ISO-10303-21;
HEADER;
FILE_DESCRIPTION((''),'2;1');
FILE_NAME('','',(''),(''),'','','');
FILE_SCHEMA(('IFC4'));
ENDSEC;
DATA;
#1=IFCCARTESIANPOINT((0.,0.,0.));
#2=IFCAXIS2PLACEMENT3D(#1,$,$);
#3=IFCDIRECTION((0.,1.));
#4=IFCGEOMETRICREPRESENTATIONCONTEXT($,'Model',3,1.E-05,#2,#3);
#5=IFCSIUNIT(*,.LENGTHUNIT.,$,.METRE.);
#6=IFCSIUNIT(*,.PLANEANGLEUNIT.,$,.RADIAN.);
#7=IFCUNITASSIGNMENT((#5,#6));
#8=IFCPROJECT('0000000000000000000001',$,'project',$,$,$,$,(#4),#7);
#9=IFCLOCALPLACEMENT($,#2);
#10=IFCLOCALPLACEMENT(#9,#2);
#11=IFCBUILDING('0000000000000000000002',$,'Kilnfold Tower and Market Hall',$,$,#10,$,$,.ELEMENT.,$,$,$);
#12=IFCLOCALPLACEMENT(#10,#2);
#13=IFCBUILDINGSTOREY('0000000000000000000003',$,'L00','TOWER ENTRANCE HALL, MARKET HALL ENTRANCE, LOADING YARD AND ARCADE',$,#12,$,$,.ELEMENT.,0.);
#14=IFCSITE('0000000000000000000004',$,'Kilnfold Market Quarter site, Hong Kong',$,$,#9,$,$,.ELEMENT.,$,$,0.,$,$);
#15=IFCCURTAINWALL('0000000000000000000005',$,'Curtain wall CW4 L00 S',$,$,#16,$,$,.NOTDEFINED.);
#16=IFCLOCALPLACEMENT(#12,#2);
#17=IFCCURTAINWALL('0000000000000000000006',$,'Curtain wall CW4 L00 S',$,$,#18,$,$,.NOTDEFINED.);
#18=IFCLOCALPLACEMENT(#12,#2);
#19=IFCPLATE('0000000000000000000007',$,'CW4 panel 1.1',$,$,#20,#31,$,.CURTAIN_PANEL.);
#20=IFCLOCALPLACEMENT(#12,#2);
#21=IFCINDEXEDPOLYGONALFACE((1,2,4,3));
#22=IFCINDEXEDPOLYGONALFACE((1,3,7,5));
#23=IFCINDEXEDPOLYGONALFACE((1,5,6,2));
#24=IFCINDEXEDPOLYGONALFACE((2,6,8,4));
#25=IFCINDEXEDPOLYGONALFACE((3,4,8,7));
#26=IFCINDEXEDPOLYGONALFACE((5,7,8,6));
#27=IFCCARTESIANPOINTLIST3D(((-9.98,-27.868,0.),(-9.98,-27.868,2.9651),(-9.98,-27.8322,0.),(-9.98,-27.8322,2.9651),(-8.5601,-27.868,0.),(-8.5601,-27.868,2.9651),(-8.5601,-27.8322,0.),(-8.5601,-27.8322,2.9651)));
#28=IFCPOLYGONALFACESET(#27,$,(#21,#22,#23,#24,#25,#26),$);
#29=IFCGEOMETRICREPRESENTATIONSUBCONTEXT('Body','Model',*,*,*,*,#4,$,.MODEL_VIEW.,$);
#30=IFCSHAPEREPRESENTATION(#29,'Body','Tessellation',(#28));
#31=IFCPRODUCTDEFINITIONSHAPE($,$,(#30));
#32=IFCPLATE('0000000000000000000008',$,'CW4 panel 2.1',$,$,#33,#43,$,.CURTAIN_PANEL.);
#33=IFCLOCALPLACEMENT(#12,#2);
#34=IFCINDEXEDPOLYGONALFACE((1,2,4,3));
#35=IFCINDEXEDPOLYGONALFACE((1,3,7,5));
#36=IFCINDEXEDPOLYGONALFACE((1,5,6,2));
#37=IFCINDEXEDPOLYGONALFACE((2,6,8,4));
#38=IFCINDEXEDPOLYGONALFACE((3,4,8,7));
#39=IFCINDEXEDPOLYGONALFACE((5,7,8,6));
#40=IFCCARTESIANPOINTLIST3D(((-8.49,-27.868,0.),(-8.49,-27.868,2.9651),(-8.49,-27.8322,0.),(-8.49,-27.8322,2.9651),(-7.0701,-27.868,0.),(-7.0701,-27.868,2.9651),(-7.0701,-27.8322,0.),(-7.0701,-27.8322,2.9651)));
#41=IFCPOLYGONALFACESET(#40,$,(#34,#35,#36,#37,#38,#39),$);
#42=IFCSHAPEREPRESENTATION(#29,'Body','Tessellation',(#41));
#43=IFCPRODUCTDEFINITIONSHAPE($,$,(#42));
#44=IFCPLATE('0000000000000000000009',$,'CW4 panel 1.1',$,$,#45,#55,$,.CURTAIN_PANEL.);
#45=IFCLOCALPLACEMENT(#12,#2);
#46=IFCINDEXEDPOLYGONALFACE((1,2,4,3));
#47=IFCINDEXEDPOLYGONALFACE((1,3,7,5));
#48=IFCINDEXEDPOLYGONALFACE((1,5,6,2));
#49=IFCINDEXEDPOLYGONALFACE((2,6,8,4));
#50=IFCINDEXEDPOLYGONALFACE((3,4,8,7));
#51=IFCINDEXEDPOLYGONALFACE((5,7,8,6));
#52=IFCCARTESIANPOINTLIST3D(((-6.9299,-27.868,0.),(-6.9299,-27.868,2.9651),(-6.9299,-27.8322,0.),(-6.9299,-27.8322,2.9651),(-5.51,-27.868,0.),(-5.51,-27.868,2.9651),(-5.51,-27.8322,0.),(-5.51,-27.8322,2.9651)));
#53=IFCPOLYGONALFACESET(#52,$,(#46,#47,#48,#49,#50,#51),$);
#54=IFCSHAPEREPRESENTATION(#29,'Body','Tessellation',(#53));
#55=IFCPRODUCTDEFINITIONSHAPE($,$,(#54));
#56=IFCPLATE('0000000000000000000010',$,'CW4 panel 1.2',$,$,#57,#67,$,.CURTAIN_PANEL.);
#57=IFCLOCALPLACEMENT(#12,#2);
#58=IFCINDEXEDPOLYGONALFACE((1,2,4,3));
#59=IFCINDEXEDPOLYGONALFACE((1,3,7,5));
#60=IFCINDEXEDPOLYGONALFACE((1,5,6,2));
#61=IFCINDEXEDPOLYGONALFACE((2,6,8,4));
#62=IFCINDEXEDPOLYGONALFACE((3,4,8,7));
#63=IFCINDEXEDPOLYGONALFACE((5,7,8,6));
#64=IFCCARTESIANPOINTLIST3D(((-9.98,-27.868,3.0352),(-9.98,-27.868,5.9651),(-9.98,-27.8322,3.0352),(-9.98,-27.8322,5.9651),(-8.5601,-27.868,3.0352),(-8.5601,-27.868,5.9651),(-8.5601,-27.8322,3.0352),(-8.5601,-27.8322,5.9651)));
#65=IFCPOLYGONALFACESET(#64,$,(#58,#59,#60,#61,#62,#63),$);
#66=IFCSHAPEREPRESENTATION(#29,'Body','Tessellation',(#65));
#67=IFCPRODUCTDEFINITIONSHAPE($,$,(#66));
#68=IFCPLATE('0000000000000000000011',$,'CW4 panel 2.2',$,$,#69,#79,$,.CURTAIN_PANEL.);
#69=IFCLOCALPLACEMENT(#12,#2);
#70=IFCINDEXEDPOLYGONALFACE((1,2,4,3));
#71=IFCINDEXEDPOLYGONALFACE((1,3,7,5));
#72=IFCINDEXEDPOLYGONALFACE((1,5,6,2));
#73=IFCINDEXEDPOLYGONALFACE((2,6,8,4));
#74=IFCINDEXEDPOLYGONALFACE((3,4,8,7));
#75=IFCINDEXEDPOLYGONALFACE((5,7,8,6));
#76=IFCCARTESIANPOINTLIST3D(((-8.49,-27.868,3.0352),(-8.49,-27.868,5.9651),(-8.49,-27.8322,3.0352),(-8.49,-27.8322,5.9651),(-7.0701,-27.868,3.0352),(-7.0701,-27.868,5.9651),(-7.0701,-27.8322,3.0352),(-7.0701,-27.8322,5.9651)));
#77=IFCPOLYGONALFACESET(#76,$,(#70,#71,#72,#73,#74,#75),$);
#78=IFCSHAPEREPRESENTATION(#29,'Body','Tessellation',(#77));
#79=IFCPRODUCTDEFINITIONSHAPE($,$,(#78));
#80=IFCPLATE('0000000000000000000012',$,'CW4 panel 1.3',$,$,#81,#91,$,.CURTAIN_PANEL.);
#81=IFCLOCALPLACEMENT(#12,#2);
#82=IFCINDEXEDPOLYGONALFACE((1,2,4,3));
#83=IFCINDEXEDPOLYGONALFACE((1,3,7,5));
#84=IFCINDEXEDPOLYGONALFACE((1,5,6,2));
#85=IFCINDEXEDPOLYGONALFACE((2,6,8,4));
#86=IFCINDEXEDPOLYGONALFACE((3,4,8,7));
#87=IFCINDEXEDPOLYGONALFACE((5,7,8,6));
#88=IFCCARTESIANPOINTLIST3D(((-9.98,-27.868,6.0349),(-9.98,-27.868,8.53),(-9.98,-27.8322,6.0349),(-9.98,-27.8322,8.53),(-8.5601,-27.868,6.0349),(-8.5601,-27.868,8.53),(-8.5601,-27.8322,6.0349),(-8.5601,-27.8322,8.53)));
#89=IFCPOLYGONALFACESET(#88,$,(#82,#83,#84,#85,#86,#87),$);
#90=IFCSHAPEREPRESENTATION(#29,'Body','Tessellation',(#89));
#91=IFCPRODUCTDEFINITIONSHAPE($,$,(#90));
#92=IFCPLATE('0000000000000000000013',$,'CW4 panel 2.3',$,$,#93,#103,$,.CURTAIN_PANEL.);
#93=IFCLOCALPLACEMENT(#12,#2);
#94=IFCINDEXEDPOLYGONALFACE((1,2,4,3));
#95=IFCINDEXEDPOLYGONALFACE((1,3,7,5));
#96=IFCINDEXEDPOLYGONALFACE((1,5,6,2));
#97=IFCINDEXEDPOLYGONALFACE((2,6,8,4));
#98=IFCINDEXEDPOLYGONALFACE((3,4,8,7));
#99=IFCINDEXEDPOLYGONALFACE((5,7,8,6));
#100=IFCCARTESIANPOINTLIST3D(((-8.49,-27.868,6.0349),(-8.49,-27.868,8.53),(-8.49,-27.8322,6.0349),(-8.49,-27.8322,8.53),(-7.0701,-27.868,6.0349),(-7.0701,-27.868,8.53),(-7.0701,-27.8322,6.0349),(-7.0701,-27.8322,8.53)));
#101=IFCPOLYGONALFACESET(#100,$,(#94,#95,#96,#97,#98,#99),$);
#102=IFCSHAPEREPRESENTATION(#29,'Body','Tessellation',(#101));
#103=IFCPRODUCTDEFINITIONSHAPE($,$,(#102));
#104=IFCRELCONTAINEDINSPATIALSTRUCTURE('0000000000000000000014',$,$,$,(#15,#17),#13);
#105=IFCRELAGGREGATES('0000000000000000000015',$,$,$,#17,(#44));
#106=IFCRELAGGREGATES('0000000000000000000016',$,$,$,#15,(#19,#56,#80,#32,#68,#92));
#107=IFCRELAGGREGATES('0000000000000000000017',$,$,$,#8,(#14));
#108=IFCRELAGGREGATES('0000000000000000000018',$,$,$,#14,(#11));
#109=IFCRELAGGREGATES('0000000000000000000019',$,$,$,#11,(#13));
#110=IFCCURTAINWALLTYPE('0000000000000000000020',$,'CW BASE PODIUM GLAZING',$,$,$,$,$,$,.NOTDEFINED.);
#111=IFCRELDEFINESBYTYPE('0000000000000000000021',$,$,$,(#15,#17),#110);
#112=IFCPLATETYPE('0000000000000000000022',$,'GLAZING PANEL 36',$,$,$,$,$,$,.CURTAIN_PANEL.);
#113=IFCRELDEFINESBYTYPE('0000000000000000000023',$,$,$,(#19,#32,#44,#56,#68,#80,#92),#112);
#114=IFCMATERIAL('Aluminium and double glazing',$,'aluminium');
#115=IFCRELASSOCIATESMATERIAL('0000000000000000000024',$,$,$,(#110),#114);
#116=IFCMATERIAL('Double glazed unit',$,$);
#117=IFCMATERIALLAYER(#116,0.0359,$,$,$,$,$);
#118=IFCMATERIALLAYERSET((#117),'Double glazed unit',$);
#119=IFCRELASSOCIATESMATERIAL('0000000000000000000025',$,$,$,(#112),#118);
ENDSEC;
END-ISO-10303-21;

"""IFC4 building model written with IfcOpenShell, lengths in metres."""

from ifc_helpers import new_model, si_unit, direction, frame, origin, origin_2d, place, context, subcontext, project, spatial, rectangle, extrude, source, transform, mapped, material, layer, layer_set, type_object, element, aggregate, save


model = new_model("IFC4")

# Units and contexts
model_context = context("Model", 3, precision=1e-05, world=origin(), true_north=direction((0.0, 1.0)))
body_context = subcontext(model_context, "Body", "Model", "MODEL_VIEW")
ifc_project = project(units=[si_unit("LENGTHUNIT", "METRE"), si_unit("PLANEANGLEUNIT", "RADIAN")], contexts=[model_context])

# Site, building, storey
site_placement = place(None, origin())
site = spatial("IfcSite", under=ifc_project, at=site_placement, Name="Kilnfold Market Quarter site, Hong Kong", CompositionType="ELEMENT", RefElevation=0.0)
building_placement = place(site_placement, origin())
building = spatial("IfcBuilding", under=site, at=building_placement, Name="Kilnfold Tower and Market Hall", CompositionType="ELEMENT")
storey_placement = place(building_placement, origin())
storey = spatial("IfcBuildingStorey", under=building, at=storey_placement, Name="L00", Description="TOWER ENTRANCE HALL, MARKET HALL ENTRANCE, LOADING YARD AND ARCADE", CompositionType="ELEMENT", Elevation=0.0)

# Shared definitions
ifc_material_1 = material(Name="Aluminium and double glazing", Category="aluminium")
curtain_wall_type = type_object("IfcCurtainWallType", Name="CW BASE PODIUM GLAZING", PredefinedType="NOTDEFINED", material=ifc_material_1)

# Curtain wall
curtain_wall_1_placement = place(storey_placement, origin())
curtain_wall_1 = element("IfcCurtainWall", 1, at=curtain_wall_1_placement, inside=storey, type_object=curtain_wall_type, Name="Curtain wall CW4 L00 S", PredefinedType="NOTDEFINED")

# Curtain wall
curtain_wall_2_placement = place(storey_placement, origin())
curtain_wall_2 = element("IfcCurtainWall", 2, at=curtain_wall_2_placement, inside=storey, type_object=curtain_wall_type, Name="Curtain wall CW4 L00 S", PredefinedType="NOTDEFINED")

# Plates
ifc_material_2 = material(Name="Double glazed unit")
ifc_layer = layer(ifc_material_2, 0.0359)
ifc_layer_set = layer_set([ifc_layer], Name="Double glazed unit")
plate_type = type_object("IfcPlateType", Name="GLAZING PANEL 36", PredefinedType="CURTAIN_PANEL", material=ifc_layer_set)
shared_shape_1 = source(origin(), body_context, "Body", "SweptSolid", [
    extrude(rectangle(XDim=1.4199, YDim=0.0359, at=origin_2d()), origin(), (0.0, 0.0, 1.0), 2.9651),
])
plate_1_placement = place(storey_placement, frame((-9.27, -27.8501, 0.0), z_axis=(0.0, 0.0, 1.0), x_axis=(1.0, 0.0, 0.0)))
plate_1 = element("IfcPlate", 3, at=plate_1_placement, type_object=plate_type, Name="CW4 panel 1.1", PredefinedType="CURTAIN_PANEL", context=body_context, shape_type="MappedRepresentation", body=[
    mapped(shared_shape_1, transform((0.0, 0.0, 0.0))),
])
plate_2_placement = place(storey_placement, frame((-7.78, -27.8501, 0.0), z_axis=(0.0, 0.0, 1.0), x_axis=(1.0, 0.0, 0.0)))
plate_2 = element("IfcPlate", 4, at=plate_2_placement, type_object=plate_type, Name="CW4 panel 2.1", PredefinedType="CURTAIN_PANEL", context=body_context, shape_type="MappedRepresentation", body=[
    mapped(shared_shape_1, transform((0.0, 0.0, 0.0))),
])
plate_3_placement = place(storey_placement, frame((-6.22, -27.8501, 0.0), z_axis=(0.0, 0.0, 1.0), x_axis=(1.0, 0.0, 0.0)))
plate_3 = element("IfcPlate", 5, at=plate_3_placement, type_object=plate_type, Name="CW4 panel 1.1", PredefinedType="CURTAIN_PANEL", context=body_context, shape_type="MappedRepresentation", body=[
    mapped(shared_shape_1, transform((0.0, 0.0, 0.0))),
])
aggregate(curtain_wall_2, [plate_3])
shared_shape_2 = source(origin(), body_context, "Body", "SweptSolid", [
    extrude(rectangle(XDim=1.4199, YDim=0.0359, at=origin_2d()), origin(), (0.0, 0.0, 1.0), 2.9299),
])
plate_4_placement = place(storey_placement, frame((-9.27, -27.8501, 3.0352), z_axis=(0.0, 0.0, 1.0), x_axis=(1.0, 0.0, 0.0)))
plate_4 = element("IfcPlate", 6, at=plate_4_placement, type_object=plate_type, Name="CW4 panel 1.2", PredefinedType="CURTAIN_PANEL", context=body_context, shape_type="MappedRepresentation", body=[
    mapped(shared_shape_2, transform((0.0, 0.0, 0.0))),
])
plate_5_placement = place(storey_placement, frame((-7.78, -27.8501, 3.0352), z_axis=(0.0, 0.0, 1.0), x_axis=(1.0, 0.0, 0.0)))
plate_5 = element("IfcPlate", 7, at=plate_5_placement, type_object=plate_type, Name="CW4 panel 2.2", PredefinedType="CURTAIN_PANEL", context=body_context, shape_type="MappedRepresentation", body=[
    mapped(shared_shape_2, transform((0.0, 0.0, 0.0))),
])
shared_shape_3 = source(origin(), body_context, "Body", "SweptSolid", [
    extrude(rectangle(XDim=1.4199, YDim=0.0359, at=origin_2d()), origin(), (0.0, 0.0, 1.0), 2.4951),
])
plate_6_placement = place(storey_placement, frame((-9.27, -27.8501, 6.0349), z_axis=(0.0, 0.0, 1.0), x_axis=(1.0, 0.0, 0.0)))
plate_6 = element("IfcPlate", 8, at=plate_6_placement, type_object=plate_type, Name="CW4 panel 1.3", PredefinedType="CURTAIN_PANEL", context=body_context, shape_type="MappedRepresentation", body=[
    mapped(shared_shape_3, transform((0.0, 0.0, 0.0))),
])
plate_7_placement = place(storey_placement, frame((-7.78, -27.8501, 6.0349), z_axis=(0.0, 0.0, 1.0), x_axis=(1.0, 0.0, 0.0)))
plate_7 = element("IfcPlate", 9, at=plate_7_placement, type_object=plate_type, Name="CW4 panel 2.3", PredefinedType="CURTAIN_PANEL", context=body_context, shape_type="MappedRepresentation", body=[
    mapped(shared_shape_3, transform((0.0, 0.0, 0.0))),
])
aggregate(curtain_wall_1, [plate_1, plate_4, plate_6, plate_2, plate_5, plate_7])

save(model, "model.ifc")
